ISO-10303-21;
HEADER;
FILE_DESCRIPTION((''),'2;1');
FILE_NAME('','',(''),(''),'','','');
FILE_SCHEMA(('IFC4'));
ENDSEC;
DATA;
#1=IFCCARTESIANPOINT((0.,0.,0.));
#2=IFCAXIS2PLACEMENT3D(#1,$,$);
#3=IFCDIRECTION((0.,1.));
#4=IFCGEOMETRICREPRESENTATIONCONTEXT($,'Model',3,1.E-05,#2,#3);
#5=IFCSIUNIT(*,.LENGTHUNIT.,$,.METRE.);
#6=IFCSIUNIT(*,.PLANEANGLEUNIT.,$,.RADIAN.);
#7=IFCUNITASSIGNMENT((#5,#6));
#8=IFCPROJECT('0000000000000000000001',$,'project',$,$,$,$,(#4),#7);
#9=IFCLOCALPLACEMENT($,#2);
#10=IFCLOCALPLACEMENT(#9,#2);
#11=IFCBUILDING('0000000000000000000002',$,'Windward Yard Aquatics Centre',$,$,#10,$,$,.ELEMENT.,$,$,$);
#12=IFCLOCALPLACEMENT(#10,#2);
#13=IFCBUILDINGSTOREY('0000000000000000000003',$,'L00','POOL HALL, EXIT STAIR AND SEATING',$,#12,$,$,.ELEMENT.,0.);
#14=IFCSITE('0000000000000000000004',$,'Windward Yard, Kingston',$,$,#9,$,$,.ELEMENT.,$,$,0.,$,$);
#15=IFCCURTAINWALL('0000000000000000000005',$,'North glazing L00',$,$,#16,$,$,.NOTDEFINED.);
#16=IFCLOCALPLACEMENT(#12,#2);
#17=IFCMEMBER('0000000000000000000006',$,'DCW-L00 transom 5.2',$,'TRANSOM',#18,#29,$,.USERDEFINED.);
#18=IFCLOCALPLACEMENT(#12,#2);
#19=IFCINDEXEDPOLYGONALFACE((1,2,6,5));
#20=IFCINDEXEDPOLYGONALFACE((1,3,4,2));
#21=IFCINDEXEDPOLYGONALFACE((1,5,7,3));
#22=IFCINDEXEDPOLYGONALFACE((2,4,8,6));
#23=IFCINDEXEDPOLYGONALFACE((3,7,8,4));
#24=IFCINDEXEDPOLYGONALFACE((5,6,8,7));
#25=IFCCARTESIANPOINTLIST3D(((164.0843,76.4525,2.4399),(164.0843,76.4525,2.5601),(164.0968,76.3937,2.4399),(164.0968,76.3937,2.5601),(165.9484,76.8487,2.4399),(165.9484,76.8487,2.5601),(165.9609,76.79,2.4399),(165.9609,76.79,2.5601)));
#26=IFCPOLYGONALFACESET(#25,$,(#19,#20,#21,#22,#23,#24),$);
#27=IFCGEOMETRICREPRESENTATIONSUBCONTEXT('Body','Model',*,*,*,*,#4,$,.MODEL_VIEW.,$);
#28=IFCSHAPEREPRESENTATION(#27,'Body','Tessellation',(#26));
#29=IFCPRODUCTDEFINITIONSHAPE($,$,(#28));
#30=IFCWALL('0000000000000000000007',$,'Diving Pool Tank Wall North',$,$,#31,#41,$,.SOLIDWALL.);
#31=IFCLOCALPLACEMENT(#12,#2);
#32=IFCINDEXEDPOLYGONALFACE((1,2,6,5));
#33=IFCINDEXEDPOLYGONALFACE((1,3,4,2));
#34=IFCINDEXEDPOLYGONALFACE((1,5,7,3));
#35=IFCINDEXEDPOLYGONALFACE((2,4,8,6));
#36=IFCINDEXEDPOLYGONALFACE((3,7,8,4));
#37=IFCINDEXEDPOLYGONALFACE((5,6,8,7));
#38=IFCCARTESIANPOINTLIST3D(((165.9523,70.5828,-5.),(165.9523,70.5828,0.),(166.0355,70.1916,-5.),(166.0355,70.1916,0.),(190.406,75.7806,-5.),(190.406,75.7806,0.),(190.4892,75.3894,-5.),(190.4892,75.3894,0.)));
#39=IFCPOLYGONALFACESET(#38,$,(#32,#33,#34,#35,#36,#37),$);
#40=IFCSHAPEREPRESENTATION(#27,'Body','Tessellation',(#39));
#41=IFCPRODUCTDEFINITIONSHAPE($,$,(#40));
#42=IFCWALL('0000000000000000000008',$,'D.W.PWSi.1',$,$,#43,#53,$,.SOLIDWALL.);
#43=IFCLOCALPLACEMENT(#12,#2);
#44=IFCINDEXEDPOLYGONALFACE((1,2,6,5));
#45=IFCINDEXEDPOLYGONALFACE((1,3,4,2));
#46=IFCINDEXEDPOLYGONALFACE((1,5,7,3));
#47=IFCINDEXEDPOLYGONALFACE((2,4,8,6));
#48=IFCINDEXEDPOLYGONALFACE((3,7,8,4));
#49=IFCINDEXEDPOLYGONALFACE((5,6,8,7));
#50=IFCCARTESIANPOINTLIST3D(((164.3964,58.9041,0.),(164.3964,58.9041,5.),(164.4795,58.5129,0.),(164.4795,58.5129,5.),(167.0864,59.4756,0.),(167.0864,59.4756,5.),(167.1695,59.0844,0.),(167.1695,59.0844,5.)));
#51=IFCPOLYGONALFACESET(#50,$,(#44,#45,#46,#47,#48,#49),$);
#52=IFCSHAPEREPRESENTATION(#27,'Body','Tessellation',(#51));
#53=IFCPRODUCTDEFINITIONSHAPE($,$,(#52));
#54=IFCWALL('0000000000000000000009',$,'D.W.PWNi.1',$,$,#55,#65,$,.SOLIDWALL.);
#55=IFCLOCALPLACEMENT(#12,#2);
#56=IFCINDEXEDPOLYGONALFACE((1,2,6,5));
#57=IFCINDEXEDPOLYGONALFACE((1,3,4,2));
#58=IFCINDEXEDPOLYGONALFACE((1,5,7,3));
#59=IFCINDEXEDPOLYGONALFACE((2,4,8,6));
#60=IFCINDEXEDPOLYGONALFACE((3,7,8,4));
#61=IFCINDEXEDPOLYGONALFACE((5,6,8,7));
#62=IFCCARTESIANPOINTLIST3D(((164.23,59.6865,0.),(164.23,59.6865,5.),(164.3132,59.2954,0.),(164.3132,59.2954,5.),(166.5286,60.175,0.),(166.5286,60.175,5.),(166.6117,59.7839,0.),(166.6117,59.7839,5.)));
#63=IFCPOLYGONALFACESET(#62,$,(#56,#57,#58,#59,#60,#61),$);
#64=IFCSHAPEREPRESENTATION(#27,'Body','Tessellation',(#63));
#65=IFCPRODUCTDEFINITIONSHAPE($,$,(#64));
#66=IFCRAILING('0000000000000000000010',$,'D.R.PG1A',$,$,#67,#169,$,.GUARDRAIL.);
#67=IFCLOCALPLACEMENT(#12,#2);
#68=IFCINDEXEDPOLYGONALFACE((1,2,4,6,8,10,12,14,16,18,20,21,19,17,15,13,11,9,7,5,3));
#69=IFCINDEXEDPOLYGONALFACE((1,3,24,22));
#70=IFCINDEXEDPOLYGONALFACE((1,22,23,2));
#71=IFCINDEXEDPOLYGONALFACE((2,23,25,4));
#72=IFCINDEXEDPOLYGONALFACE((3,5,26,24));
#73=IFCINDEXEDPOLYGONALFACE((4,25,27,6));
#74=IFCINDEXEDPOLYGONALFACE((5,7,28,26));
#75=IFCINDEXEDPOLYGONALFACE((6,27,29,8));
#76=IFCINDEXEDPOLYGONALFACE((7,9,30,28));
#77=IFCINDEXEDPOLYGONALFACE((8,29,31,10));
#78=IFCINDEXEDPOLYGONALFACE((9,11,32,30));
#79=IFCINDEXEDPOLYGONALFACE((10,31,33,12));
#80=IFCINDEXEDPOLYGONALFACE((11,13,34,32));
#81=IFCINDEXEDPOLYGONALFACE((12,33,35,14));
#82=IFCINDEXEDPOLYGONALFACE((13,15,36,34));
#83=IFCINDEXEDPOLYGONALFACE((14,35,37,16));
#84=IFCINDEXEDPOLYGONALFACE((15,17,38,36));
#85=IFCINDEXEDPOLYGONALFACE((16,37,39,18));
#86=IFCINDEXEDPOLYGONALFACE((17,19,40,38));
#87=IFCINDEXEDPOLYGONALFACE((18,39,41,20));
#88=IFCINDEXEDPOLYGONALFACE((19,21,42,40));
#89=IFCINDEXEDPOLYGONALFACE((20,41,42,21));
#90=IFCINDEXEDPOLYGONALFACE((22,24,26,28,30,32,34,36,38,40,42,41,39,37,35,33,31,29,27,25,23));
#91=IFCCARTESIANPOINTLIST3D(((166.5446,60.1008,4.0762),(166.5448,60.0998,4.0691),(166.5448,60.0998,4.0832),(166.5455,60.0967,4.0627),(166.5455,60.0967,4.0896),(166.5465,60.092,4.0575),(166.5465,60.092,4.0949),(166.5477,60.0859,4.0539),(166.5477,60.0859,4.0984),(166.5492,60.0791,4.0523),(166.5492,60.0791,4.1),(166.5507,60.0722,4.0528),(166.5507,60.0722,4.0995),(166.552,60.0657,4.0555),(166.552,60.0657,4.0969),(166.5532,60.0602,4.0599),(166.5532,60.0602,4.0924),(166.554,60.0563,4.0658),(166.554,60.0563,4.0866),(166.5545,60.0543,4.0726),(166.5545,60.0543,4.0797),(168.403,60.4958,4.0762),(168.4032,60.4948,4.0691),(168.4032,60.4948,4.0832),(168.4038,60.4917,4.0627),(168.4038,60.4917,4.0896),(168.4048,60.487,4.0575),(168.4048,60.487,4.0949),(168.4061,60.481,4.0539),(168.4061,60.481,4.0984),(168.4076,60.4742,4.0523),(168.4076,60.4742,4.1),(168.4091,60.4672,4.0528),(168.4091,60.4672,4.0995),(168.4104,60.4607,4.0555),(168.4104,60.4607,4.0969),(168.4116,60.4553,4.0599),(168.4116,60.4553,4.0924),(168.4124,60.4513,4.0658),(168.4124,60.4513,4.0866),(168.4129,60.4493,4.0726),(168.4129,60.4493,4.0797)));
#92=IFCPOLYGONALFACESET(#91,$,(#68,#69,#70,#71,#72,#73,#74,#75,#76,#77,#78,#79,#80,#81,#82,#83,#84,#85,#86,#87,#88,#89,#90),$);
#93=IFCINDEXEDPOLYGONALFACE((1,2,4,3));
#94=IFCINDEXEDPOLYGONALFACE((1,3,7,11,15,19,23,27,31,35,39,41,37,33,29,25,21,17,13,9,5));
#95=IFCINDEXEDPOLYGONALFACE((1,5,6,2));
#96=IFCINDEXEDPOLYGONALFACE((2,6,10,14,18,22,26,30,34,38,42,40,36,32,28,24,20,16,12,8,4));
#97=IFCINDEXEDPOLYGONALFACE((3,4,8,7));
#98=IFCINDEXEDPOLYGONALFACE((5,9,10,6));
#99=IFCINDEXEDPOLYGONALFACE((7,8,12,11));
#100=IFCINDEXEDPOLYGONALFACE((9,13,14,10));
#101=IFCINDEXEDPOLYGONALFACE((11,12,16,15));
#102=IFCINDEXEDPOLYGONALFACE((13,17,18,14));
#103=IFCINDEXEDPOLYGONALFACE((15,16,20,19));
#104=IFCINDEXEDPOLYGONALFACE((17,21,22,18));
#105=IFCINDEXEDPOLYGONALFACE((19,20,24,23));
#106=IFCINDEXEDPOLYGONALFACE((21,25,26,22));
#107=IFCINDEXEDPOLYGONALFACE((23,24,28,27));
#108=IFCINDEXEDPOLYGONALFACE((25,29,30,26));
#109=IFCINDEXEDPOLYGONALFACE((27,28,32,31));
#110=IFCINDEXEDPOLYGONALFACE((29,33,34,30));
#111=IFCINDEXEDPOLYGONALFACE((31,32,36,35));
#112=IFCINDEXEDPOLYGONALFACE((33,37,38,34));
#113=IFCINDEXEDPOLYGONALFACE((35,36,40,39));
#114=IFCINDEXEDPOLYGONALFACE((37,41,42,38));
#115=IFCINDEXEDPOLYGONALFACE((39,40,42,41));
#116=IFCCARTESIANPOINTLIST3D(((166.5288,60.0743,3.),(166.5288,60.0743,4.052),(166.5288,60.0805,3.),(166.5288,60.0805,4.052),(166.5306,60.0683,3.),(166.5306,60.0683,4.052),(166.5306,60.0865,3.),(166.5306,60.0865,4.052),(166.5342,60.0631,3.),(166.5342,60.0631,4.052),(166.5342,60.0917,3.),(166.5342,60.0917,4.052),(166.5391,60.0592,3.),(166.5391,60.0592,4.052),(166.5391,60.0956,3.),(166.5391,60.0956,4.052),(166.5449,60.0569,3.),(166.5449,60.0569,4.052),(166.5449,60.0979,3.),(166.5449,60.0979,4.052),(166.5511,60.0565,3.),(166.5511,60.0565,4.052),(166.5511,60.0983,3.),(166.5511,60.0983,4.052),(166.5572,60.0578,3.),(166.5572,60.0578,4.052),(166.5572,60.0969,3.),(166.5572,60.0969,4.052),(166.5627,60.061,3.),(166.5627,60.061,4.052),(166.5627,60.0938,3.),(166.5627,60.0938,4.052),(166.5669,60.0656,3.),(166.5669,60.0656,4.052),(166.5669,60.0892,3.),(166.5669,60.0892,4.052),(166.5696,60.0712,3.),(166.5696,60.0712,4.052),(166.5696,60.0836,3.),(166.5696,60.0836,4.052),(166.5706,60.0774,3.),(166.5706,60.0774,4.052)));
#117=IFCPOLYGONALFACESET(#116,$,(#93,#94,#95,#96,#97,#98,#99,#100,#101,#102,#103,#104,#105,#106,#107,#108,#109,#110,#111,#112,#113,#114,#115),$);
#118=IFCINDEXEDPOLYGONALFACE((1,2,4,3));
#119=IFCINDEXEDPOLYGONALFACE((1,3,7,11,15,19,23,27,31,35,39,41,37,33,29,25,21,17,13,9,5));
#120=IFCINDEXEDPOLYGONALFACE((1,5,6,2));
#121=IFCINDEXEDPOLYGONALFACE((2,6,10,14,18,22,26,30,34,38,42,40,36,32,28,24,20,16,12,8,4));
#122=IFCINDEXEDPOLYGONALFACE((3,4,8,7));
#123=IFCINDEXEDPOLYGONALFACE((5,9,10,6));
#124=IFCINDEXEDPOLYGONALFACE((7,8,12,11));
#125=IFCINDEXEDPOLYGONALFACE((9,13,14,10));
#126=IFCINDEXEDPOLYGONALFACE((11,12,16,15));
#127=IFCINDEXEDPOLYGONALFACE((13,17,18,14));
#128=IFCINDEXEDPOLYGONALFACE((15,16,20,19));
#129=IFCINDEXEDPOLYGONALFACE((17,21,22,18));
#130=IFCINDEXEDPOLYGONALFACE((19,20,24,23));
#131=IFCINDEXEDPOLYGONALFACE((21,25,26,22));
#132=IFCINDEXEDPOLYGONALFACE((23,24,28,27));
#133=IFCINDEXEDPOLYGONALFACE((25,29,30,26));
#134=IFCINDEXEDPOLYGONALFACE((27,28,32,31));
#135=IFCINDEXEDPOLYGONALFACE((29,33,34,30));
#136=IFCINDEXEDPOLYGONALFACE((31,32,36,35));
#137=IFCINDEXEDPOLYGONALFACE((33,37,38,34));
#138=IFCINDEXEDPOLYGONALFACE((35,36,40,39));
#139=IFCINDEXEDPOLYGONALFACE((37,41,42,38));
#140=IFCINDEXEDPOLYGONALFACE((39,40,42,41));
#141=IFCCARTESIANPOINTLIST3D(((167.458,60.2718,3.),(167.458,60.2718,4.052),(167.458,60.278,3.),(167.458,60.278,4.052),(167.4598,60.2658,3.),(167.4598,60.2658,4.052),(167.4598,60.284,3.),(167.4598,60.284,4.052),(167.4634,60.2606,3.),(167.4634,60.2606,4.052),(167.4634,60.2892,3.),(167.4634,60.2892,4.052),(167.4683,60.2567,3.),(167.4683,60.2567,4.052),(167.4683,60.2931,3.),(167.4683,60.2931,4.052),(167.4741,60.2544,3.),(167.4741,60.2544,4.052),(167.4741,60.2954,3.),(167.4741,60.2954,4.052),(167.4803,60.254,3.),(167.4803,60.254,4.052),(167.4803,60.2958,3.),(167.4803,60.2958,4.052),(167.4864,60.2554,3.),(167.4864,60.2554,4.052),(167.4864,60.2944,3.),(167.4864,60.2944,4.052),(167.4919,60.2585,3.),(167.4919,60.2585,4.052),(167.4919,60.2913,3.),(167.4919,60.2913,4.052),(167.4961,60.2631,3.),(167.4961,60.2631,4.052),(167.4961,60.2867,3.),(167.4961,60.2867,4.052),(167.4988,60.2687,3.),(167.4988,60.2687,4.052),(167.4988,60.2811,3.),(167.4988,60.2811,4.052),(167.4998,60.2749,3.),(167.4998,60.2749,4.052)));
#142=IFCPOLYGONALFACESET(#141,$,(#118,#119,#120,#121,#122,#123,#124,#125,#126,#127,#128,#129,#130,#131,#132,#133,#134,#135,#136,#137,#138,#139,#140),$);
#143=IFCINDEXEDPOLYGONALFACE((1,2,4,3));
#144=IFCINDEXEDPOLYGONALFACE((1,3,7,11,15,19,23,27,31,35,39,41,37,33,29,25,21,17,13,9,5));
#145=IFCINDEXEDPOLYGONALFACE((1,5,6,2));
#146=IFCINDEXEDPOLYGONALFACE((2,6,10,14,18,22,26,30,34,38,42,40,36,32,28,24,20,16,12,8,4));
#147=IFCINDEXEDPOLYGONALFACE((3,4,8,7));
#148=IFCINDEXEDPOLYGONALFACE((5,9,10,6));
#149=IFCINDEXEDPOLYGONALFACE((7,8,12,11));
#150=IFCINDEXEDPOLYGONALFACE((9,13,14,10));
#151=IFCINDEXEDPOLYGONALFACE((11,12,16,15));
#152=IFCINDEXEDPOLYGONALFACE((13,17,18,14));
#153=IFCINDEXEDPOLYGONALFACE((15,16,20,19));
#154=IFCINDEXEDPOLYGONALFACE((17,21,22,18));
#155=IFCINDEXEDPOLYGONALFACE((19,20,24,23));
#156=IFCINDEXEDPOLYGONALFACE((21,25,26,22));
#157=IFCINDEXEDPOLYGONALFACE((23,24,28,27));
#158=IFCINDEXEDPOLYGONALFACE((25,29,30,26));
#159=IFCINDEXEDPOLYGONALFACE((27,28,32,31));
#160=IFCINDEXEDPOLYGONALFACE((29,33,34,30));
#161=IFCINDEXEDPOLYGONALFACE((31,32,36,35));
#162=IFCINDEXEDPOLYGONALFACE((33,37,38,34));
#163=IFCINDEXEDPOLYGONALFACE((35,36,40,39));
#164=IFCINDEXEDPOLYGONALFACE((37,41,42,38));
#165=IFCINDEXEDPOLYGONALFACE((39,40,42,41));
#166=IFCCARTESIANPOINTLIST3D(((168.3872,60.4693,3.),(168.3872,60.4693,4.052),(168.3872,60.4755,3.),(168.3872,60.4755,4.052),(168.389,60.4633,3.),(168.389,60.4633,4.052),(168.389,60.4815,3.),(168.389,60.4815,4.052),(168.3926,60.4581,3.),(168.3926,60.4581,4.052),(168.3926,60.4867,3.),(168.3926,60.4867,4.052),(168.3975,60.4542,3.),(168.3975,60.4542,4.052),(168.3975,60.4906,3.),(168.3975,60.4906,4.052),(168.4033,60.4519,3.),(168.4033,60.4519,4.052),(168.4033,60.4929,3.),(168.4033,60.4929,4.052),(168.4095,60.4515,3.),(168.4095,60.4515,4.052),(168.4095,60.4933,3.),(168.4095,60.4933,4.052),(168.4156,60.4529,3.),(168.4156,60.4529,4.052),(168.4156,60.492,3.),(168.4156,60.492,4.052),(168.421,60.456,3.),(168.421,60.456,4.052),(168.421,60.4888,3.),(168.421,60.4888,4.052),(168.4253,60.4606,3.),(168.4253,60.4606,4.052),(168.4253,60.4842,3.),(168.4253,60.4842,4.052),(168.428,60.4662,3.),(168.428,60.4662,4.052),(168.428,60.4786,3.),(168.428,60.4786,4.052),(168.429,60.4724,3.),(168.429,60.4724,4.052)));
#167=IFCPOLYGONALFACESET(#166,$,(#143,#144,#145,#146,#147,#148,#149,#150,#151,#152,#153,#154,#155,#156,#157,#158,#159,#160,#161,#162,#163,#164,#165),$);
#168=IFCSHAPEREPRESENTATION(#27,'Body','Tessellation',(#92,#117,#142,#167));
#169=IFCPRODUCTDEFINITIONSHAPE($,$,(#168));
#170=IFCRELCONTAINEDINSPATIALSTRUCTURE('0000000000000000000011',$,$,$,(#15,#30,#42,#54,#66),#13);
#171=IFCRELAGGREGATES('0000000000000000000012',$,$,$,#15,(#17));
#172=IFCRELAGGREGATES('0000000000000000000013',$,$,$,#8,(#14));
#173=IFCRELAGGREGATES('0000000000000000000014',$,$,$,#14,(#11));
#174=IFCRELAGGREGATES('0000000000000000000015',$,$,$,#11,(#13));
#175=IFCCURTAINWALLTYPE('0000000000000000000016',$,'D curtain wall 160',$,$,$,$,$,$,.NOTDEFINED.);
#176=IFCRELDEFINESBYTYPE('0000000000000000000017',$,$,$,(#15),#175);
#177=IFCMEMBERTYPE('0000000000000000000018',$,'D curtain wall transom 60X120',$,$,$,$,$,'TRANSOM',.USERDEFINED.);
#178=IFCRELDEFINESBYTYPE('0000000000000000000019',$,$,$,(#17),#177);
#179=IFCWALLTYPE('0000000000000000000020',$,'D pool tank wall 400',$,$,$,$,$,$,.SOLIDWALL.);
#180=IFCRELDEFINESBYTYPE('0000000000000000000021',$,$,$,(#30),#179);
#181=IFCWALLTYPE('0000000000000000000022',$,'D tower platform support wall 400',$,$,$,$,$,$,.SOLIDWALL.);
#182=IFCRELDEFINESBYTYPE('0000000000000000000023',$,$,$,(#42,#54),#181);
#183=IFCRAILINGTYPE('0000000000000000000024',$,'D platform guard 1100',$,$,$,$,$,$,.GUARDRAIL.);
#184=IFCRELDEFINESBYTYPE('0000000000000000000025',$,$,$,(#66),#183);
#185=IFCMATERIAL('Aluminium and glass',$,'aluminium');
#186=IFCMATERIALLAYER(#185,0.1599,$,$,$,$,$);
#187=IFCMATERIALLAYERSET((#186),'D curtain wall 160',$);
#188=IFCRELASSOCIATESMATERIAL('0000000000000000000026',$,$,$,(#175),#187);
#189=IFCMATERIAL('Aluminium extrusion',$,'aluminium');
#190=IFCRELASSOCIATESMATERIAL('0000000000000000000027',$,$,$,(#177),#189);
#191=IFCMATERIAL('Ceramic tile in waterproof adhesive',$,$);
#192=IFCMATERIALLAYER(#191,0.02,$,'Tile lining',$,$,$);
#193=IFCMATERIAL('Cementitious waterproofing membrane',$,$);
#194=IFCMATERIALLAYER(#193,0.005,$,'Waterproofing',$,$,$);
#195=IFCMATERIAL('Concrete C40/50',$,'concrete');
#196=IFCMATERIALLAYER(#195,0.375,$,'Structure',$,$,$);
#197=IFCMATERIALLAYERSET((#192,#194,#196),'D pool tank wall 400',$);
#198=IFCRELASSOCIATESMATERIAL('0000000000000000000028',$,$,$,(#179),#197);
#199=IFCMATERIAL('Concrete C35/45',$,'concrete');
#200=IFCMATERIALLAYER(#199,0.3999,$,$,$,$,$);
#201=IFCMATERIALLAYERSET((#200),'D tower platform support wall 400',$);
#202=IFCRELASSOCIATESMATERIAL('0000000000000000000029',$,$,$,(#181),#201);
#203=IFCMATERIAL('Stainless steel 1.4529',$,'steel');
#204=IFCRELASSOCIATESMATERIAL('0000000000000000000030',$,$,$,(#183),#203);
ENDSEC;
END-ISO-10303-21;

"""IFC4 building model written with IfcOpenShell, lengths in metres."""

from ifc_helpers import new_model, si_unit, direction, frame, frame_2d, origin, origin_2d, place, context, subcontext, project, spatial, rectangle, circle, extrude, material, layer, layer_set, material_profile, profile_set, type_object, element, aggregate, save


model = new_model("IFC4")

# Units and contexts
model_context = context("Model", 3, precision=1e-05, world=origin(), true_north=direction((0.0, 1.0)))
body_context = subcontext(model_context, "Body", "Model", "MODEL_VIEW")
ifc_project = project(units=[si_unit("LENGTHUNIT", "METRE"), si_unit("PLANEANGLEUNIT", "RADIAN")], contexts=[model_context])

# Site, building, storey
site_placement = place(None, origin())
site = spatial("IfcSite", under=ifc_project, at=site_placement, Name="Windward Yard, Kingston", CompositionType="ELEMENT", RefElevation=0.0)
building_placement = place(site_placement, origin())
building = spatial("IfcBuilding", under=site, at=building_placement, Name="Windward Yard Aquatics Centre", CompositionType="ELEMENT")
storey_placement = place(building_placement, origin())
storey = spatial("IfcBuildingStorey", under=building, at=storey_placement, Name="L00", Description="POOL HALL, EXIT STAIR AND SEATING", CompositionType="ELEMENT", Elevation=0.0)

# Shared definitions
ifc_material_1 = material(Name="Concrete C40/50", Category="concrete")

# Shared definitions
ifc_material_2 = material(Name="Concrete C35/45", Category="concrete")

# Curtain wall, member
ifc_material_3 = material(Name="Aluminium and glass", Category="aluminium")
ifc_layer_1 = layer(ifc_material_3, 0.1599)
ifc_layer_set_1 = layer_set([ifc_layer_1], Name="D curtain wall 160")
curtain_wall_type = type_object("IfcCurtainWallType", Name="D curtain wall 160", PredefinedType="NOTDEFINED", material=ifc_layer_set_1)
curtain_wall_placement = place(storey_placement, origin())
curtain_wall = element("IfcCurtainWall", 1, at=curtain_wall_placement, inside=storey, type_object=curtain_wall_type, Name="North glazing L00", PredefinedType="NOTDEFINED")
ifc_material_4 = material(Name="Aluminium extrusion", Category="aluminium")
ifc_material_profile_1 = material_profile(ifc_material_4, rectangle(XDim=0.0601, YDim=0.1201, at=origin_2d()), Name="TRANSOM 60X120")
ifc_profile_set_1 = profile_set([ifc_material_profile_1], Name="Aluminium extrusion")
member_type_1 = type_object("IfcMemberType", Name="D curtain wall transom 60X120", ElementType="TRANSOM", PredefinedType="USERDEFINED", material=ifc_profile_set_1)
member_1_placement = place(storey_placement, frame((164.0906, 76.4231, 2.5), z_axis=(0.978144, 0.207928, 0.0), x_axis=(-0.207928, 0.978144, 0.0)))
member_1 = element("IfcMember", 2, at=member_1_placement, type_object=member_type_1, Name="DCW-L00 transom 5.2", ObjectType="TRANSOM", PredefinedType="USERDEFINED", context=body_context, shape_type="SweptSolid", body=[
    extrude(rectangle(XDim=0.0601, YDim=0.1201, at=origin_2d()), origin(), (0.0, 0.0, 1.0), 1.9058),
])
aggregate(curtain_wall, [member_1])

# Walls
ifc_material_5 = material(Name="Ceramic tile in waterproof adhesive")
ifc_layer_2 = layer(ifc_material_5, 0.02, Name="Tile lining")
ifc_material_6 = material(Name="Cementitious waterproofing membrane")
ifc_layer_3 = layer(ifc_material_6, 0.005, Name="Waterproofing")
ifc_layer_4 = layer(ifc_material_1, 0.375, Name="Structure")
ifc_layer_set_2 = layer_set([ifc_layer_2, ifc_layer_3, ifc_layer_4], Name="D pool tank wall 400")
wall_type_1 = type_object("IfcWallType", Name="D pool tank wall 400", PredefinedType="SOLIDWALL", material=ifc_layer_set_2)
wall_1_placement = place(storey_placement, frame((165.9939, 70.3872, -5.0), z_axis=(0.0, 0.0, 1.0), x_axis=(0.978148, 0.207911, 0.0)))
element("IfcWall", 3, at=wall_1_placement, inside=storey, type_object=wall_type_1, Name="Diving Pool Tank Wall North", PredefinedType="SOLIDWALL", context=body_context, shape_type="SweptSolid", body=[
    extrude(rectangle(XDim=25.0, YDim=0.3999, at=frame_2d((12.5, 0.0))), origin(), (0.0, 0.0, 1.0), 5.0),
])
ifc_layer_5 = layer(ifc_material_2, 0.3999)
ifc_layer_set_3 = layer_set([ifc_layer_5], Name="D tower platform support wall 400")
wall_type_2 = type_object("IfcWallType", Name="D tower platform support wall 400", PredefinedType="SOLIDWALL", material=ifc_layer_set_3)
wall_2_placement = place(storey_placement, frame((164.438, 58.7085, 0.0), z_axis=(0.0, 0.0, 1.0), x_axis=(0.978165, 0.207831, 0.0)))
element("IfcWall", 4, at=wall_2_placement, inside=storey, type_object=wall_type_2, Name="D.W.PWSi.1", PredefinedType="SOLIDWALL", context=body_context, shape_type="SweptSolid", body=[
    extrude(rectangle(XDim=2.75, YDim=0.3999, at=frame_2d((1.375, 0.0))), origin(), (0.0, 0.0, 1.0), 5.0),
])
wall_3_placement = place(storey_placement, frame((164.2717, 59.491, 0.0), z_axis=(0.0, 0.0, 1.0), x_axis=(0.978152, 0.20789, 0.0)))
element("IfcWall", 5, at=wall_3_placement, inside=storey, type_object=wall_type_2, Name="D.W.PWNi.1", PredefinedType="SOLIDWALL", context=body_context, shape_type="SweptSolid", body=[
    extrude(rectangle(XDim=2.3499, YDim=0.3999, at=frame_2d((1.1748, 0.0))), origin(), (0.0, 0.0, 1.0), 5.0),
])

# Railing
ifc_material_7 = material(Name="Stainless steel 1.4529", Category="steel")
railing_type = type_object("IfcRailingType", Name="D platform guard 1100", PredefinedType="GUARDRAIL", material=ifc_material_7)
railing_1_placement = place(storey_placement, frame((166.5496, 60.0774, 3.0)))
element("IfcRailing", 6, at=railing_1_placement, inside=storey, type_object=railing_type, Name="D.R.PG1A", PredefinedType="GUARDRAIL", context=body_context, shape_type="SweptSolid", body=[
    extrude(circle(Radius=0.0239, at=origin_2d()), frame((0.0, 0.0, 1.0762), z_axis=(0.978147, 0.207914, 0.0), x_axis=(-0.207914, 0.978147, 0.0)), (0.0, 0.0, 1.0), 1.8999),
    extrude(circle(Radius=0.021, at=origin_2d()), origin(), (0.0, 0.0, 1.0), 1.052),
    extrude(circle(Radius=0.021, at=origin_2d()), frame((0.9292, 0.1975, 0.0)), (0.0, 0.0, 1.0), 1.052),
    extrude(circle(Radius=0.021, at=origin_2d()), frame((1.8584, 0.395, 0.0)), (0.0, 0.0, 1.0), 1.052),
])

save(model, "model.ifc")
